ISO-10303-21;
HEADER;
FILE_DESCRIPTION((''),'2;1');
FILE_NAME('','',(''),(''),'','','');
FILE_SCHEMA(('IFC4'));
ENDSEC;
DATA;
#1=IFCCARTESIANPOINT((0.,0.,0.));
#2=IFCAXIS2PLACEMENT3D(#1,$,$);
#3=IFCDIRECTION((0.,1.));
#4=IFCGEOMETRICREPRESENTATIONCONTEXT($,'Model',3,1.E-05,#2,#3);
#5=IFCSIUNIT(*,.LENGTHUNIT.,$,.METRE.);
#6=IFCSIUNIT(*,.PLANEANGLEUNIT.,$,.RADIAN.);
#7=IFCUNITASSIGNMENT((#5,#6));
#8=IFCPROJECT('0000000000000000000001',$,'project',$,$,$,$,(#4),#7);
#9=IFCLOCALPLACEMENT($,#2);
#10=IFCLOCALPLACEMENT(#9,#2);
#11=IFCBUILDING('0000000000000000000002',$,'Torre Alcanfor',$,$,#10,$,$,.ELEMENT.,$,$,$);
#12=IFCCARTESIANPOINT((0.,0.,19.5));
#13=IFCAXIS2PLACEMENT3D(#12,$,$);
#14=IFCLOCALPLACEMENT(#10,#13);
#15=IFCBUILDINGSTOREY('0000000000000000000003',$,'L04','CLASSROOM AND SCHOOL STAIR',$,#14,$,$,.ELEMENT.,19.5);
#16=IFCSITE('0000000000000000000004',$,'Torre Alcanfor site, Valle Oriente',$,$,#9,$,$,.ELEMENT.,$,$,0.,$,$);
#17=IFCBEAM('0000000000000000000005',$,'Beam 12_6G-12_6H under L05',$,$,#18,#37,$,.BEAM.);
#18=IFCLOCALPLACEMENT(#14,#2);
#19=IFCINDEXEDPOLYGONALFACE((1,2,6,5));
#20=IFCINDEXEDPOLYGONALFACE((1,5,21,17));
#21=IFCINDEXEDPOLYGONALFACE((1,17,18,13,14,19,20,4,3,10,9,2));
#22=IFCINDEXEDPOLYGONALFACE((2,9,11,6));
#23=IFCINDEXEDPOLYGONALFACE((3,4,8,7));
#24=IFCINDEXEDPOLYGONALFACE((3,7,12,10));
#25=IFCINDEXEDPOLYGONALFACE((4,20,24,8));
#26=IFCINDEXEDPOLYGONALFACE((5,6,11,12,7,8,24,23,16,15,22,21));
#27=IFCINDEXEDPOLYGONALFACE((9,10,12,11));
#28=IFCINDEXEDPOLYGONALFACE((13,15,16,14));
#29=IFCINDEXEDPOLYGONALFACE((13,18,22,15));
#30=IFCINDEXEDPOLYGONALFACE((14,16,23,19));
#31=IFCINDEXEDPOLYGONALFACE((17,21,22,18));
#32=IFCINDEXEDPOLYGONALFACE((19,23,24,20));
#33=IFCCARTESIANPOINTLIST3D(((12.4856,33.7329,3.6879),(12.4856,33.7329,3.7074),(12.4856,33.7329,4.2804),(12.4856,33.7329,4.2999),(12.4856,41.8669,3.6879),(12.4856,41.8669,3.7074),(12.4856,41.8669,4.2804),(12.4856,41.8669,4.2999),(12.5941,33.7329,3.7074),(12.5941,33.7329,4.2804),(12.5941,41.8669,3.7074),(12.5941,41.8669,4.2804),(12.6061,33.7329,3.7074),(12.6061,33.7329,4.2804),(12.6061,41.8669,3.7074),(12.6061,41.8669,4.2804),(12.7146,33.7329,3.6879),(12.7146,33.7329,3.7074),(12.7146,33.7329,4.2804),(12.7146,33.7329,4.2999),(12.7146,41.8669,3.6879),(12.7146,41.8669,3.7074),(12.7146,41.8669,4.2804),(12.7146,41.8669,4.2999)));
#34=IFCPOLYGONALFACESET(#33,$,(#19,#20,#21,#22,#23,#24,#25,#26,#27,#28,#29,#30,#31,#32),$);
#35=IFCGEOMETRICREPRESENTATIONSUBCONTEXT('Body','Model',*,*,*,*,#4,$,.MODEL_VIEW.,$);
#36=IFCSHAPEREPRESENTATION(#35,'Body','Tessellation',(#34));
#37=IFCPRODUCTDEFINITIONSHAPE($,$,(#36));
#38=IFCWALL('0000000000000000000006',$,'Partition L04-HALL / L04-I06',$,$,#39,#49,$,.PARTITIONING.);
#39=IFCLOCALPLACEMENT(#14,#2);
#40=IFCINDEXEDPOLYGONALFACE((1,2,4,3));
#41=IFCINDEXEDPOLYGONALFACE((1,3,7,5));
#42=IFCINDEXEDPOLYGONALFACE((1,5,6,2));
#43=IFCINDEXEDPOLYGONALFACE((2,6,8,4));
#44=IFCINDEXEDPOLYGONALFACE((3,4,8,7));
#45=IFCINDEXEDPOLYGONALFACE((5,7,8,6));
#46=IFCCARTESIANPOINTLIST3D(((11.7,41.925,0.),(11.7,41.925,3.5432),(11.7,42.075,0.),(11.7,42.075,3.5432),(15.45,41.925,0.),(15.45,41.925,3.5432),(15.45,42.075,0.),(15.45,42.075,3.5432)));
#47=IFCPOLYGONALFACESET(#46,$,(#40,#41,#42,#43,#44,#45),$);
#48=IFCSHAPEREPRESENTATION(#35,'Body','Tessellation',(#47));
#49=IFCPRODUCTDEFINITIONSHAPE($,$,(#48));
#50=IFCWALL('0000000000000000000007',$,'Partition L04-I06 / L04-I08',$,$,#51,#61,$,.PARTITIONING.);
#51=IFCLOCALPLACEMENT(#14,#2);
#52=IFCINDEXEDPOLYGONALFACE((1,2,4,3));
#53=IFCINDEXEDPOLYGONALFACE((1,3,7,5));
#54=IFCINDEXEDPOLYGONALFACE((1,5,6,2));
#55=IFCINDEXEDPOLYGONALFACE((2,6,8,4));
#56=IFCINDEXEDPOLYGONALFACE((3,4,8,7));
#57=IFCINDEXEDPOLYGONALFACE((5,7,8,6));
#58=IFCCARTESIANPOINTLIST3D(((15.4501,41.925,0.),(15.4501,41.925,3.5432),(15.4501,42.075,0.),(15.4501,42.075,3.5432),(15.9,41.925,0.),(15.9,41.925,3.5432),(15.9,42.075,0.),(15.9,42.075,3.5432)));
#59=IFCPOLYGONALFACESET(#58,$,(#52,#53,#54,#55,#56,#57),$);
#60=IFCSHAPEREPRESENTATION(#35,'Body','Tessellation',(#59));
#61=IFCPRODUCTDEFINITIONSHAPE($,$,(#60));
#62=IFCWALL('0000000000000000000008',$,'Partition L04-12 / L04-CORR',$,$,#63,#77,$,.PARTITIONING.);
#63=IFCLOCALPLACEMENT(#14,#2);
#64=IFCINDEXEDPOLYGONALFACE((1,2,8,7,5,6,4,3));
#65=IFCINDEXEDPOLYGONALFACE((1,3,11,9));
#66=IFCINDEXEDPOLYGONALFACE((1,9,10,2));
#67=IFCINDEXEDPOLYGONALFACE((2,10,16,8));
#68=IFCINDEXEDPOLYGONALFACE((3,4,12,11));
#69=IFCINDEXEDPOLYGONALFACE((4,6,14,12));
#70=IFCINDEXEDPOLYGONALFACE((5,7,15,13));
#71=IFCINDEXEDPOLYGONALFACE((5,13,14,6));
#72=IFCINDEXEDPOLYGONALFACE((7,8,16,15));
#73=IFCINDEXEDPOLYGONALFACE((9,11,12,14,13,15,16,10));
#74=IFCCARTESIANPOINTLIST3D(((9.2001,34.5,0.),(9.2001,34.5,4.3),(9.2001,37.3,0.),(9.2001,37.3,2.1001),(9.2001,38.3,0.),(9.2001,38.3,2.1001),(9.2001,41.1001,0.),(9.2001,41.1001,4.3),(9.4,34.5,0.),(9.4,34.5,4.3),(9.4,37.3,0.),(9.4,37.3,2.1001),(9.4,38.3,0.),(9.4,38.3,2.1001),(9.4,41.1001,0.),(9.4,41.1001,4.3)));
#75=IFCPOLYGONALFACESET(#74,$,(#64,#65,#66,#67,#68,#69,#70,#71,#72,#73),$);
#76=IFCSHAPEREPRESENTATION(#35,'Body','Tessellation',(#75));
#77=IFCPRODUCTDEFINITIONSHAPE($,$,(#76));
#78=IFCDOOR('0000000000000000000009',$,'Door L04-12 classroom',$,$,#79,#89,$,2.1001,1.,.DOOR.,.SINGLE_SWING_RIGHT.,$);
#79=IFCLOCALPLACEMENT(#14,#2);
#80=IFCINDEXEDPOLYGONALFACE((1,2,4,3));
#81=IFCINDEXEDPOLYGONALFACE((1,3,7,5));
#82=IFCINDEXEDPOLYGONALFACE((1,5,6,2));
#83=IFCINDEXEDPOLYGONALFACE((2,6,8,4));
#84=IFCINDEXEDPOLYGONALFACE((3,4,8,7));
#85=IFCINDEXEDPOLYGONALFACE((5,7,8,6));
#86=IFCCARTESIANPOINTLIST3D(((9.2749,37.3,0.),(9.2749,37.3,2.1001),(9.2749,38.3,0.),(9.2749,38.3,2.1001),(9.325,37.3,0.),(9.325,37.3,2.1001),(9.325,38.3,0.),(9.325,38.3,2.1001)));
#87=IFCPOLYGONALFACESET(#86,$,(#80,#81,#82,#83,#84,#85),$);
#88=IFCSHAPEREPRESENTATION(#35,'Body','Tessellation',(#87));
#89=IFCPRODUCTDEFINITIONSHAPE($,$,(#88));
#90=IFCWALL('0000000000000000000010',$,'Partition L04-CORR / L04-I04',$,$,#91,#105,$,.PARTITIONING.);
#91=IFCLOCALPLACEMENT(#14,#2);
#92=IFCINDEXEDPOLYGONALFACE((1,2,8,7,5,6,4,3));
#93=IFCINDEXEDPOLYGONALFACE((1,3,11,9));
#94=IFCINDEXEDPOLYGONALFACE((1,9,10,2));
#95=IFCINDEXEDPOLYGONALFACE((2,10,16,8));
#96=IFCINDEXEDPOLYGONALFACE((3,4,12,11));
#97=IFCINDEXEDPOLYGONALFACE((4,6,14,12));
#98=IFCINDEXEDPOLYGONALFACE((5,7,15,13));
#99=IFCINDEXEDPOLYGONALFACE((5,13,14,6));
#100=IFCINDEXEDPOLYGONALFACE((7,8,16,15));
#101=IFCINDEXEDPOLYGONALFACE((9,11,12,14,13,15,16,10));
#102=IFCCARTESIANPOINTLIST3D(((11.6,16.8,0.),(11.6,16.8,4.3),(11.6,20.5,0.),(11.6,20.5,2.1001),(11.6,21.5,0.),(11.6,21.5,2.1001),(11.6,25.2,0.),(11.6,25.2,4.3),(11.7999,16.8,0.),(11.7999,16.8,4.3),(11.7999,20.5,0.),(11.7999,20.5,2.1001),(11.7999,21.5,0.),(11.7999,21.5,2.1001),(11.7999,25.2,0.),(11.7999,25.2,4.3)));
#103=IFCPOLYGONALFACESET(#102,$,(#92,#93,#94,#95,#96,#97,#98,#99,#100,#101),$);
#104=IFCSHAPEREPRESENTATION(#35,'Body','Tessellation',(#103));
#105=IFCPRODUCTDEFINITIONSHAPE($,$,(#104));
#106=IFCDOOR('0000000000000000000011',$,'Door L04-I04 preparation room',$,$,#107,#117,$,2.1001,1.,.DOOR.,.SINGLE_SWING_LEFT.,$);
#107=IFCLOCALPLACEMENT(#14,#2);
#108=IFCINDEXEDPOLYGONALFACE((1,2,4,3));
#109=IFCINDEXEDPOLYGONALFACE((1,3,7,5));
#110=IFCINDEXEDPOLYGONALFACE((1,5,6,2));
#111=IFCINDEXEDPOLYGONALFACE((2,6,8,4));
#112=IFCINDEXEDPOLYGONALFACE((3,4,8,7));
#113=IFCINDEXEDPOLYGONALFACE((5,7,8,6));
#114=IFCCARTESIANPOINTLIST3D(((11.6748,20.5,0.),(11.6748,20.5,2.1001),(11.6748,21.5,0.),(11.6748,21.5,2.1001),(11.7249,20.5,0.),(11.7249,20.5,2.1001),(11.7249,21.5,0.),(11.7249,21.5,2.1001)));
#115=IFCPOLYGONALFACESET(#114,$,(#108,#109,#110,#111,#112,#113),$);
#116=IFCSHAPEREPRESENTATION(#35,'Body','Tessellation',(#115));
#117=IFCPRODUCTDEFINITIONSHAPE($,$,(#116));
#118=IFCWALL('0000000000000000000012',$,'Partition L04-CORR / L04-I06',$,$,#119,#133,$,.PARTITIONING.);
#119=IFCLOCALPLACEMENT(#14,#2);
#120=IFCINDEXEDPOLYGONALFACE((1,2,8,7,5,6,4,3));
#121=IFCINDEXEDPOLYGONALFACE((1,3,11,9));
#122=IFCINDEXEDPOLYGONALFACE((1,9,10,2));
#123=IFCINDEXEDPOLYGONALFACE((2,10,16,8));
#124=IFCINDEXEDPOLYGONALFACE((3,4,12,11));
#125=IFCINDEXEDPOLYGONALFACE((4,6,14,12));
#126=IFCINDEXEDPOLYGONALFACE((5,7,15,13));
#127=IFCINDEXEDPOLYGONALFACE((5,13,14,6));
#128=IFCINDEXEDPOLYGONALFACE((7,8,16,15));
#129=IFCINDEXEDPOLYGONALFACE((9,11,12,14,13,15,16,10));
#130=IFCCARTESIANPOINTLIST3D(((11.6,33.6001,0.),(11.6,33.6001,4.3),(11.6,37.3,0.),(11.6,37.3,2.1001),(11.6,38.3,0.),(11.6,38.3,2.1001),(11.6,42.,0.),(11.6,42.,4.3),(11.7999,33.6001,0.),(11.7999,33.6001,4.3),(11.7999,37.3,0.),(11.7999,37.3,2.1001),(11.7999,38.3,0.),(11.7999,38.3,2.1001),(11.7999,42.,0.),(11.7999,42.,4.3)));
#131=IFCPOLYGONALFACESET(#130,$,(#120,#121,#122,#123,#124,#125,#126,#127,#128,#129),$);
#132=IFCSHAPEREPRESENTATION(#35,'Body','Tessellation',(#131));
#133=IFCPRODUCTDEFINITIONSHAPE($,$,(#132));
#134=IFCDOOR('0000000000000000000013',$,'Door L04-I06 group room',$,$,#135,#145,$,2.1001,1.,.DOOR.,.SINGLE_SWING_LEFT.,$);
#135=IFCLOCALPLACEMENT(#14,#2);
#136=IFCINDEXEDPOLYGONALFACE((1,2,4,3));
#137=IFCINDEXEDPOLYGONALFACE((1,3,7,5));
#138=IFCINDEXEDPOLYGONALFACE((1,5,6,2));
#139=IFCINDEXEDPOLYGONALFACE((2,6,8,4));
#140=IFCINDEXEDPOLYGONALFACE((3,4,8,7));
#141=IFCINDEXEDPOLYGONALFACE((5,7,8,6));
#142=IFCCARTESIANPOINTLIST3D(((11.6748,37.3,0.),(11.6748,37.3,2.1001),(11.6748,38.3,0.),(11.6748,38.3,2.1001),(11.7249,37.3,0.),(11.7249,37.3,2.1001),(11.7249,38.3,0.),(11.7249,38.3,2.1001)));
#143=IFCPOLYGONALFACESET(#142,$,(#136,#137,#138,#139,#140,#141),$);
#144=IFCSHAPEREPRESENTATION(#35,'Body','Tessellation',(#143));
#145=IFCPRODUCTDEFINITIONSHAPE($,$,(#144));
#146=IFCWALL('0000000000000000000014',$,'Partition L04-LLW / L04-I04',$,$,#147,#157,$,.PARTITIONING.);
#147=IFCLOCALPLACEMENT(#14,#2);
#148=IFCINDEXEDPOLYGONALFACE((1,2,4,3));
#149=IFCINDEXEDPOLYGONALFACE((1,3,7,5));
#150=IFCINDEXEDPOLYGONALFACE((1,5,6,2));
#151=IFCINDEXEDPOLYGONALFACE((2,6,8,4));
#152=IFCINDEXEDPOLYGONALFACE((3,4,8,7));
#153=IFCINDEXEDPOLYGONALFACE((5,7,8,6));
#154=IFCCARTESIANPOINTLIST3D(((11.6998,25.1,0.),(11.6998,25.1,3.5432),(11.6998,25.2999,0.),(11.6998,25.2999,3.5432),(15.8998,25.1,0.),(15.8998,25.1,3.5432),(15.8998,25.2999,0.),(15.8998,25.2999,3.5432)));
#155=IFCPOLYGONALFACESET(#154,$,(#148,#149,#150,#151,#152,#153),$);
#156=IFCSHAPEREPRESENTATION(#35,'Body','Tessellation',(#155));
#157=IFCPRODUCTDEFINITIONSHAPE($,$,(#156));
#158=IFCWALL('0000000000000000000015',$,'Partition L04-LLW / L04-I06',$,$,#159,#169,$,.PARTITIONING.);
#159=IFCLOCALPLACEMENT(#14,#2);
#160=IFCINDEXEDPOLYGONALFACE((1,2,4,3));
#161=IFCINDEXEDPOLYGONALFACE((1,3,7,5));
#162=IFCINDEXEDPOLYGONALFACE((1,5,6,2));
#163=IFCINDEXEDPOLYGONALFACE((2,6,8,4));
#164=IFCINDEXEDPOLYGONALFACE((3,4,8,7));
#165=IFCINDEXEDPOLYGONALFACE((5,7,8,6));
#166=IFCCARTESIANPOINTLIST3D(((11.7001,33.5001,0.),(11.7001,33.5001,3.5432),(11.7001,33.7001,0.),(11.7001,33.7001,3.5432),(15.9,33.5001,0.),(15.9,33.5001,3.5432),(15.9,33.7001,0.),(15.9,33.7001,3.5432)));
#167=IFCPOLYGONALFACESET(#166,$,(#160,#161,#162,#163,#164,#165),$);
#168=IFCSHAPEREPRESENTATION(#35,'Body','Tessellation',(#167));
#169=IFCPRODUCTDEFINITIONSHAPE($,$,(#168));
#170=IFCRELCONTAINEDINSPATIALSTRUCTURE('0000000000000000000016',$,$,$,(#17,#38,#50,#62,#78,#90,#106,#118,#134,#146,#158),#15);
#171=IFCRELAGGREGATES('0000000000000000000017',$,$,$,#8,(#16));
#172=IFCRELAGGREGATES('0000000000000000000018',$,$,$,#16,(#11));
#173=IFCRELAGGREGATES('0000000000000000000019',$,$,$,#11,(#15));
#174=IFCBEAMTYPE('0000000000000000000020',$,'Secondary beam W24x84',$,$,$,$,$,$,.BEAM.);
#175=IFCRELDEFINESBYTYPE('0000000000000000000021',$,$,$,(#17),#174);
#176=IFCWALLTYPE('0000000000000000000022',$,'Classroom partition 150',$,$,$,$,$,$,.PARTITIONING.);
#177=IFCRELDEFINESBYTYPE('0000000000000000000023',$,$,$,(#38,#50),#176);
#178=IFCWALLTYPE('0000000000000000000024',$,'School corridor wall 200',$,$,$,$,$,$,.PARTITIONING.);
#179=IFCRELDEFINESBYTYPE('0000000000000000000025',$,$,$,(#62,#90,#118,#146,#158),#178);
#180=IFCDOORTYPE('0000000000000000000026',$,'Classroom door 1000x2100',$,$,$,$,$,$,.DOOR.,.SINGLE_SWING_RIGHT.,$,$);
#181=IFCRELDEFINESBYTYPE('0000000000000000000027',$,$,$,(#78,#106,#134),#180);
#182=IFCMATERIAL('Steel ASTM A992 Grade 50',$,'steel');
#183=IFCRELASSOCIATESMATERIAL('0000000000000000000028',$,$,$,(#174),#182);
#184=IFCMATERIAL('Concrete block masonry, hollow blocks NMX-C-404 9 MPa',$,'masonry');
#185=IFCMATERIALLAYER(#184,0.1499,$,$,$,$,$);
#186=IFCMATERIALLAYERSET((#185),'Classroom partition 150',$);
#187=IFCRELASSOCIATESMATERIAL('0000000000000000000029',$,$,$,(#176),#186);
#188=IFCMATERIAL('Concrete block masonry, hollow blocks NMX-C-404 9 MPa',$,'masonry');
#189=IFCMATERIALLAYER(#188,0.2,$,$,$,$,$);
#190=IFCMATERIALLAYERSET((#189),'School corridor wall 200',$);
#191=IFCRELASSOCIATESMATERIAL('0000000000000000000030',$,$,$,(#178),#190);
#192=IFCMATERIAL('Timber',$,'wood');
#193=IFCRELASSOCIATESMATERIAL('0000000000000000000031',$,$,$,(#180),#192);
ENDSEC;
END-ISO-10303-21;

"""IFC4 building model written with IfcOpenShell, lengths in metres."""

from ifc_helpers import new_model, si_unit, direction, frame, frame_2d, origin, origin_2d, place, context, subcontext, project, spatial, rectangle, i_section, extrude, material, layer, layer_set, material_profile, profile_set, type_object, element, fill, save


model = new_model("IFC4")

# Units and contexts
model_context = context("Model", 3, precision=1e-05, world=origin(), true_north=direction((0.0, 1.0)))
body_context = subcontext(model_context, "Body", "Model", "MODEL_VIEW")
ifc_project = project(units=[si_unit("LENGTHUNIT", "METRE"), si_unit("PLANEANGLEUNIT", "RADIAN")], contexts=[model_context])

# Site, building, storey
site_placement = place(None, origin())
site = spatial("IfcSite", under=ifc_project, at=site_placement, Name="Torre Alcanfor site, Valle Oriente", CompositionType="ELEMENT", RefElevation=0.0)
building_placement = place(site_placement, origin())
building = spatial("IfcBuilding", under=site, at=building_placement, Name="Torre Alcanfor", CompositionType="ELEMENT")
storey_placement = place(building_placement, frame((0.0, 0.0, 19.5)))
storey = spatial("IfcBuildingStorey", under=building, at=storey_placement, Name="L04", Description="CLASSROOM AND SCHOOL STAIR", CompositionType="ELEMENT", Elevation=19.5)

# Beam
ifc_material_1 = material(Name="Steel ASTM A992 Grade 50", Category="steel")
ifc_material_profile_1 = material_profile(ifc_material_1, i_section(OverallWidth=0.229, OverallDepth=0.6121, WebThickness=0.012, FlangeThickness=0.0195, at=origin_2d()), Name="W24x84")
ifc_profile_set_1 = profile_set([ifc_material_profile_1], Name="Steel ASTM A992 Grade 50")
beam_type_1 = type_object("IfcBeamType", Name="Secondary beam W24x84", PredefinedType="BEAM", material=ifc_profile_set_1)
for number, where, z_axis, x_axis, name in (
    (1, (12.6001, 33.7329, 3.9939), (0.0, 1.0, 0.0), (-1.0, 0.0, 0.0), "Beam 12_6G-12_6H under L05"),
):
    element("IfcBeam", number, at=place(storey_placement, frame(where, z_axis=z_axis, x_axis=x_axis)), inside=storey, type_object=beam_type_1, Name=name, PredefinedType="BEAM", context=body_context, shape_type="SweptSolid", body=[
        extrude(i_section(OverallWidth=0.229, OverallDepth=0.6121, WebThickness=0.012, FlangeThickness=0.0195, at=origin_2d()), origin(), (0.0, 0.0, 1.0), 8.134),
    ])

# Walls
ifc_material_2 = material(Name="Concrete block masonry, hollow blocks NMX-C-404 9 MPa", Category="masonry")
ifc_layer_1 = layer(ifc_material_2, 0.1499)
ifc_layer_set_1 = layer_set([ifc_layer_1], Name="Classroom partition 150")
wall_type_1 = type_object("IfcWallType", Name="Classroom partition 150", PredefinedType="PARTITIONING", material=ifc_layer_set_1)
wall_1_placement = place(storey_placement, frame((15.45, 42.0, 0.0), z_axis=(0.0, 0.0, 1.0), x_axis=(-1.0, 0.0, 0.0)))
element("IfcWall", 2, at=wall_1_placement, inside=storey, type_object=wall_type_1, Name="Partition L04-HALL / L04-I06", PredefinedType="PARTITIONING", context=body_context, shape_type="SweptSolid", body=[
    extrude(rectangle(XDim=3.75, YDim=0.1499, at=frame_2d((1.875, 0.0))), origin(), (0.0, 0.0, 1.0), 3.5432),
])
wall_2_placement = place(storey_placement, frame((15.45, 42.0, 0.0), z_axis=(0.0, 0.0, 1.0), x_axis=(1.0, 0.0, 0.0)))
element("IfcWall", 3, at=wall_2_placement, inside=storey, type_object=wall_type_1, Name="Partition L04-I06 / L04-I08", PredefinedType="PARTITIONING", context=body_context, shape_type="SweptSolid", body=[
    extrude(rectangle(XDim=0.45, YDim=0.1499, at=frame_2d((0.2251, 0.0))), origin(), (0.0, 0.0, 1.0), 3.5432),
])

# Walls, openings, doors
ifc_material_3 = material(Name="Concrete block masonry, hollow blocks NMX-C-404 9 MPa", Category="masonry")
ifc_layer_2 = layer(ifc_material_3, 0.2)
ifc_layer_set_2 = layer_set([ifc_layer_2], Name="School corridor wall 200")
wall_type_2 = type_object("IfcWallType", Name="School corridor wall 200", PredefinedType="PARTITIONING", material=ifc_layer_set_2)
wall_3_placement = place(storey_placement, frame((9.3, 41.1001, 0.0), z_axis=(0.0, 0.0, 1.0), x_axis=(0.0, -1.0, 0.0)))
wall_3 = element("IfcWall", 4, at=wall_3_placement, inside=storey, type_object=wall_type_2, Name="Partition L04-12 / L04-CORR", PredefinedType="PARTITIONING", context=body_context, shape_type="SweptSolid", body=[
    extrude(rectangle(XDim=6.6001, YDim=0.2, at=frame_2d((3.3, 0.0))), origin(), (0.0, 0.0, 1.0), 4.3),
])
opening_1_placement = place(wall_3_placement, frame((2.8, 0.0, 0.0)))
opening_1 = element("IfcOpeningElement", 5, at=opening_1_placement, cuts=wall_3, PredefinedType="OPENING", context=body_context, shape_type="SweptSolid", body=[
    extrude(rectangle(XDim=1.0, YDim=2.1001, at=frame_2d((0.5, 1.05))), frame((0.0, 0.1099, 0.0), z_axis=(0.0, -1.0, 0.0), x_axis=(1.0, 0.0, 0.0)), (0.0, 0.0, 1.0), 0.22),
])
ifc_material_4 = material(Name="Timber", Category="wood")
door_type_1 = type_object("IfcDoorType", Name="Classroom door 1000x2100", OperationType="SINGLE_SWING_RIGHT", PredefinedType="DOOR", material=ifc_material_4)
door_1_placement = place(opening_1_placement, frame((1.0, 0.0, 0.0), z_axis=(0.0, 0.0, 1.0), x_axis=(-1.0, 0.0, 0.0)))
door_1 = element("IfcDoor", 6, at=door_1_placement, inside=storey, type_object=door_type_1, Name="Door L04-12 classroom", OperationType="SINGLE_SWING_RIGHT", OverallHeight=2.1001, OverallWidth=1.0, PredefinedType="DOOR", context=body_context, shape_type="SweptSolid", body=[
    extrude(rectangle(XDim=1.0, YDim=2.1001, at=frame_2d((0.5, 1.05))), frame((0.0, 0.0251, 0.0), z_axis=(0.0, -1.0, 0.0), x_axis=(1.0, 0.0, 0.0)), (0.0, 0.0, 1.0), 0.05),
])
fill(opening_1, door_1)
wall_4_placement = place(storey_placement, frame((11.7, 25.2, 0.0), z_axis=(0.0, 0.0, 1.0), x_axis=(0.0, -1.0, 0.0)))
wall_4 = element("IfcWall", 7, at=wall_4_placement, inside=storey, type_object=wall_type_2, Name="Partition L04-CORR / L04-I04", PredefinedType="PARTITIONING", context=body_context, shape_type="SweptSolid", body=[
    extrude(rectangle(XDim=8.3999, YDim=0.2, at=frame_2d((4.2, 0.0))), origin(), (0.0, 0.0, 1.0), 4.3),
])
opening_2_placement = place(wall_4_placement, frame((3.7, 0.0, 0.0)))
opening_2 = element("IfcOpeningElement", 8, at=opening_2_placement, cuts=wall_4, PredefinedType="OPENING", context=body_context, shape_type="SweptSolid", body=[
    extrude(rectangle(XDim=1.0, YDim=2.1001, at=frame_2d((0.5, 1.05))), frame((0.0, 0.1099, 0.0), z_axis=(0.0, -1.0, 0.0), x_axis=(1.0, 0.0, 0.0)), (0.0, 0.0, 1.0), 0.22),
])
door_2_placement = place(opening_2_placement, origin())
door_2 = element("IfcDoor", 9, at=door_2_placement, inside=storey, type_object=door_type_1, Name="Door L04-I04 preparation room", OperationType="SINGLE_SWING_LEFT", OverallHeight=2.1001, OverallWidth=1.0, PredefinedType="DOOR", context=body_context, shape_type="SweptSolid", body=[
    extrude(rectangle(XDim=1.0, YDim=2.1001, at=frame_2d((0.5, 1.05))), frame((0.0, 0.0249, 0.0), z_axis=(0.0, -1.0, 0.0), x_axis=(1.0, 0.0, 0.0)), (0.0, 0.0, 1.0), 0.05),
])
fill(opening_2, door_2)
wall_5_placement = place(storey_placement, frame((11.7, 42.0, 0.0), z_axis=(0.0, 0.0, 1.0), x_axis=(0.0, -1.0, 0.0)))
wall_5 = element("IfcWall", 10, at=wall_5_placement, inside=storey, type_object=wall_type_2, Name="Partition L04-CORR / L04-I06", PredefinedType="PARTITIONING", context=body_context, shape_type="SweptSolid", body=[
    extrude(rectangle(XDim=8.3999, YDim=0.2, at=frame_2d((4.2, 0.0))), origin(), (0.0, 0.0, 1.0), 4.3),
])
opening_3_placement = place(wall_5_placement, frame((3.7, 0.0, 0.0)))
opening_3 = element("IfcOpeningElement", 11, at=opening_3_placement, cuts=wall_5, PredefinedType="OPENING", context=body_context, shape_type="SweptSolid", body=[
    extrude(rectangle(XDim=1.0, YDim=2.1001, at=frame_2d((0.5, 1.05))), frame((0.0, 0.1099, 0.0), z_axis=(0.0, -1.0, 0.0), x_axis=(1.0, 0.0, 0.0)), (0.0, 0.0, 1.0), 0.22),
])
door_3_placement = place(opening_3_placement, origin())
door_3 = element("IfcDoor", 12, at=door_3_placement, inside=storey, type_object=door_type_1, Name="Door L04-I06 group room", OperationType="SINGLE_SWING_LEFT", OverallHeight=2.1001, OverallWidth=1.0, PredefinedType="DOOR", context=body_context, shape_type="SweptSolid", body=[
    extrude(rectangle(XDim=1.0, YDim=2.1001, at=frame_2d((0.5, 1.05))), frame((0.0, 0.0249, 0.0), z_axis=(0.0, -1.0, 0.0), x_axis=(1.0, 0.0, 0.0)), (0.0, 0.0, 1.0), 0.05),
])
fill(opening_3, door_3)

# Walls
for number, where, z_axis, x_axis, name in (
    (13, (15.8999, 25.2, 0.0), (0.0, 0.0, 1.0), (-1.0, 0.0, 0.0), "Partition L04-LLW / L04-I04"),
    (14, (11.7, 33.6001, 0.0), (0.0, 0.0, 1.0), (1.0, 0.0, 0.0), "Partition L04-LLW / L04-I06"),
):
    element("IfcWall", number, at=place(storey_placement, frame(where, z_axis=z_axis, x_axis=x_axis)), inside=storey, type_object=wall_type_2, Name=name, PredefinedType="PARTITIONING", context=body_context, shape_type="SweptSolid", body=[
        extrude(rectangle(XDim=4.2, YDim=0.2, at=frame_2d((2.1001, 0.0))), origin(), (0.0, 0.0, 1.0), 3.5432),
    ])

save(model, "model.ifc")
